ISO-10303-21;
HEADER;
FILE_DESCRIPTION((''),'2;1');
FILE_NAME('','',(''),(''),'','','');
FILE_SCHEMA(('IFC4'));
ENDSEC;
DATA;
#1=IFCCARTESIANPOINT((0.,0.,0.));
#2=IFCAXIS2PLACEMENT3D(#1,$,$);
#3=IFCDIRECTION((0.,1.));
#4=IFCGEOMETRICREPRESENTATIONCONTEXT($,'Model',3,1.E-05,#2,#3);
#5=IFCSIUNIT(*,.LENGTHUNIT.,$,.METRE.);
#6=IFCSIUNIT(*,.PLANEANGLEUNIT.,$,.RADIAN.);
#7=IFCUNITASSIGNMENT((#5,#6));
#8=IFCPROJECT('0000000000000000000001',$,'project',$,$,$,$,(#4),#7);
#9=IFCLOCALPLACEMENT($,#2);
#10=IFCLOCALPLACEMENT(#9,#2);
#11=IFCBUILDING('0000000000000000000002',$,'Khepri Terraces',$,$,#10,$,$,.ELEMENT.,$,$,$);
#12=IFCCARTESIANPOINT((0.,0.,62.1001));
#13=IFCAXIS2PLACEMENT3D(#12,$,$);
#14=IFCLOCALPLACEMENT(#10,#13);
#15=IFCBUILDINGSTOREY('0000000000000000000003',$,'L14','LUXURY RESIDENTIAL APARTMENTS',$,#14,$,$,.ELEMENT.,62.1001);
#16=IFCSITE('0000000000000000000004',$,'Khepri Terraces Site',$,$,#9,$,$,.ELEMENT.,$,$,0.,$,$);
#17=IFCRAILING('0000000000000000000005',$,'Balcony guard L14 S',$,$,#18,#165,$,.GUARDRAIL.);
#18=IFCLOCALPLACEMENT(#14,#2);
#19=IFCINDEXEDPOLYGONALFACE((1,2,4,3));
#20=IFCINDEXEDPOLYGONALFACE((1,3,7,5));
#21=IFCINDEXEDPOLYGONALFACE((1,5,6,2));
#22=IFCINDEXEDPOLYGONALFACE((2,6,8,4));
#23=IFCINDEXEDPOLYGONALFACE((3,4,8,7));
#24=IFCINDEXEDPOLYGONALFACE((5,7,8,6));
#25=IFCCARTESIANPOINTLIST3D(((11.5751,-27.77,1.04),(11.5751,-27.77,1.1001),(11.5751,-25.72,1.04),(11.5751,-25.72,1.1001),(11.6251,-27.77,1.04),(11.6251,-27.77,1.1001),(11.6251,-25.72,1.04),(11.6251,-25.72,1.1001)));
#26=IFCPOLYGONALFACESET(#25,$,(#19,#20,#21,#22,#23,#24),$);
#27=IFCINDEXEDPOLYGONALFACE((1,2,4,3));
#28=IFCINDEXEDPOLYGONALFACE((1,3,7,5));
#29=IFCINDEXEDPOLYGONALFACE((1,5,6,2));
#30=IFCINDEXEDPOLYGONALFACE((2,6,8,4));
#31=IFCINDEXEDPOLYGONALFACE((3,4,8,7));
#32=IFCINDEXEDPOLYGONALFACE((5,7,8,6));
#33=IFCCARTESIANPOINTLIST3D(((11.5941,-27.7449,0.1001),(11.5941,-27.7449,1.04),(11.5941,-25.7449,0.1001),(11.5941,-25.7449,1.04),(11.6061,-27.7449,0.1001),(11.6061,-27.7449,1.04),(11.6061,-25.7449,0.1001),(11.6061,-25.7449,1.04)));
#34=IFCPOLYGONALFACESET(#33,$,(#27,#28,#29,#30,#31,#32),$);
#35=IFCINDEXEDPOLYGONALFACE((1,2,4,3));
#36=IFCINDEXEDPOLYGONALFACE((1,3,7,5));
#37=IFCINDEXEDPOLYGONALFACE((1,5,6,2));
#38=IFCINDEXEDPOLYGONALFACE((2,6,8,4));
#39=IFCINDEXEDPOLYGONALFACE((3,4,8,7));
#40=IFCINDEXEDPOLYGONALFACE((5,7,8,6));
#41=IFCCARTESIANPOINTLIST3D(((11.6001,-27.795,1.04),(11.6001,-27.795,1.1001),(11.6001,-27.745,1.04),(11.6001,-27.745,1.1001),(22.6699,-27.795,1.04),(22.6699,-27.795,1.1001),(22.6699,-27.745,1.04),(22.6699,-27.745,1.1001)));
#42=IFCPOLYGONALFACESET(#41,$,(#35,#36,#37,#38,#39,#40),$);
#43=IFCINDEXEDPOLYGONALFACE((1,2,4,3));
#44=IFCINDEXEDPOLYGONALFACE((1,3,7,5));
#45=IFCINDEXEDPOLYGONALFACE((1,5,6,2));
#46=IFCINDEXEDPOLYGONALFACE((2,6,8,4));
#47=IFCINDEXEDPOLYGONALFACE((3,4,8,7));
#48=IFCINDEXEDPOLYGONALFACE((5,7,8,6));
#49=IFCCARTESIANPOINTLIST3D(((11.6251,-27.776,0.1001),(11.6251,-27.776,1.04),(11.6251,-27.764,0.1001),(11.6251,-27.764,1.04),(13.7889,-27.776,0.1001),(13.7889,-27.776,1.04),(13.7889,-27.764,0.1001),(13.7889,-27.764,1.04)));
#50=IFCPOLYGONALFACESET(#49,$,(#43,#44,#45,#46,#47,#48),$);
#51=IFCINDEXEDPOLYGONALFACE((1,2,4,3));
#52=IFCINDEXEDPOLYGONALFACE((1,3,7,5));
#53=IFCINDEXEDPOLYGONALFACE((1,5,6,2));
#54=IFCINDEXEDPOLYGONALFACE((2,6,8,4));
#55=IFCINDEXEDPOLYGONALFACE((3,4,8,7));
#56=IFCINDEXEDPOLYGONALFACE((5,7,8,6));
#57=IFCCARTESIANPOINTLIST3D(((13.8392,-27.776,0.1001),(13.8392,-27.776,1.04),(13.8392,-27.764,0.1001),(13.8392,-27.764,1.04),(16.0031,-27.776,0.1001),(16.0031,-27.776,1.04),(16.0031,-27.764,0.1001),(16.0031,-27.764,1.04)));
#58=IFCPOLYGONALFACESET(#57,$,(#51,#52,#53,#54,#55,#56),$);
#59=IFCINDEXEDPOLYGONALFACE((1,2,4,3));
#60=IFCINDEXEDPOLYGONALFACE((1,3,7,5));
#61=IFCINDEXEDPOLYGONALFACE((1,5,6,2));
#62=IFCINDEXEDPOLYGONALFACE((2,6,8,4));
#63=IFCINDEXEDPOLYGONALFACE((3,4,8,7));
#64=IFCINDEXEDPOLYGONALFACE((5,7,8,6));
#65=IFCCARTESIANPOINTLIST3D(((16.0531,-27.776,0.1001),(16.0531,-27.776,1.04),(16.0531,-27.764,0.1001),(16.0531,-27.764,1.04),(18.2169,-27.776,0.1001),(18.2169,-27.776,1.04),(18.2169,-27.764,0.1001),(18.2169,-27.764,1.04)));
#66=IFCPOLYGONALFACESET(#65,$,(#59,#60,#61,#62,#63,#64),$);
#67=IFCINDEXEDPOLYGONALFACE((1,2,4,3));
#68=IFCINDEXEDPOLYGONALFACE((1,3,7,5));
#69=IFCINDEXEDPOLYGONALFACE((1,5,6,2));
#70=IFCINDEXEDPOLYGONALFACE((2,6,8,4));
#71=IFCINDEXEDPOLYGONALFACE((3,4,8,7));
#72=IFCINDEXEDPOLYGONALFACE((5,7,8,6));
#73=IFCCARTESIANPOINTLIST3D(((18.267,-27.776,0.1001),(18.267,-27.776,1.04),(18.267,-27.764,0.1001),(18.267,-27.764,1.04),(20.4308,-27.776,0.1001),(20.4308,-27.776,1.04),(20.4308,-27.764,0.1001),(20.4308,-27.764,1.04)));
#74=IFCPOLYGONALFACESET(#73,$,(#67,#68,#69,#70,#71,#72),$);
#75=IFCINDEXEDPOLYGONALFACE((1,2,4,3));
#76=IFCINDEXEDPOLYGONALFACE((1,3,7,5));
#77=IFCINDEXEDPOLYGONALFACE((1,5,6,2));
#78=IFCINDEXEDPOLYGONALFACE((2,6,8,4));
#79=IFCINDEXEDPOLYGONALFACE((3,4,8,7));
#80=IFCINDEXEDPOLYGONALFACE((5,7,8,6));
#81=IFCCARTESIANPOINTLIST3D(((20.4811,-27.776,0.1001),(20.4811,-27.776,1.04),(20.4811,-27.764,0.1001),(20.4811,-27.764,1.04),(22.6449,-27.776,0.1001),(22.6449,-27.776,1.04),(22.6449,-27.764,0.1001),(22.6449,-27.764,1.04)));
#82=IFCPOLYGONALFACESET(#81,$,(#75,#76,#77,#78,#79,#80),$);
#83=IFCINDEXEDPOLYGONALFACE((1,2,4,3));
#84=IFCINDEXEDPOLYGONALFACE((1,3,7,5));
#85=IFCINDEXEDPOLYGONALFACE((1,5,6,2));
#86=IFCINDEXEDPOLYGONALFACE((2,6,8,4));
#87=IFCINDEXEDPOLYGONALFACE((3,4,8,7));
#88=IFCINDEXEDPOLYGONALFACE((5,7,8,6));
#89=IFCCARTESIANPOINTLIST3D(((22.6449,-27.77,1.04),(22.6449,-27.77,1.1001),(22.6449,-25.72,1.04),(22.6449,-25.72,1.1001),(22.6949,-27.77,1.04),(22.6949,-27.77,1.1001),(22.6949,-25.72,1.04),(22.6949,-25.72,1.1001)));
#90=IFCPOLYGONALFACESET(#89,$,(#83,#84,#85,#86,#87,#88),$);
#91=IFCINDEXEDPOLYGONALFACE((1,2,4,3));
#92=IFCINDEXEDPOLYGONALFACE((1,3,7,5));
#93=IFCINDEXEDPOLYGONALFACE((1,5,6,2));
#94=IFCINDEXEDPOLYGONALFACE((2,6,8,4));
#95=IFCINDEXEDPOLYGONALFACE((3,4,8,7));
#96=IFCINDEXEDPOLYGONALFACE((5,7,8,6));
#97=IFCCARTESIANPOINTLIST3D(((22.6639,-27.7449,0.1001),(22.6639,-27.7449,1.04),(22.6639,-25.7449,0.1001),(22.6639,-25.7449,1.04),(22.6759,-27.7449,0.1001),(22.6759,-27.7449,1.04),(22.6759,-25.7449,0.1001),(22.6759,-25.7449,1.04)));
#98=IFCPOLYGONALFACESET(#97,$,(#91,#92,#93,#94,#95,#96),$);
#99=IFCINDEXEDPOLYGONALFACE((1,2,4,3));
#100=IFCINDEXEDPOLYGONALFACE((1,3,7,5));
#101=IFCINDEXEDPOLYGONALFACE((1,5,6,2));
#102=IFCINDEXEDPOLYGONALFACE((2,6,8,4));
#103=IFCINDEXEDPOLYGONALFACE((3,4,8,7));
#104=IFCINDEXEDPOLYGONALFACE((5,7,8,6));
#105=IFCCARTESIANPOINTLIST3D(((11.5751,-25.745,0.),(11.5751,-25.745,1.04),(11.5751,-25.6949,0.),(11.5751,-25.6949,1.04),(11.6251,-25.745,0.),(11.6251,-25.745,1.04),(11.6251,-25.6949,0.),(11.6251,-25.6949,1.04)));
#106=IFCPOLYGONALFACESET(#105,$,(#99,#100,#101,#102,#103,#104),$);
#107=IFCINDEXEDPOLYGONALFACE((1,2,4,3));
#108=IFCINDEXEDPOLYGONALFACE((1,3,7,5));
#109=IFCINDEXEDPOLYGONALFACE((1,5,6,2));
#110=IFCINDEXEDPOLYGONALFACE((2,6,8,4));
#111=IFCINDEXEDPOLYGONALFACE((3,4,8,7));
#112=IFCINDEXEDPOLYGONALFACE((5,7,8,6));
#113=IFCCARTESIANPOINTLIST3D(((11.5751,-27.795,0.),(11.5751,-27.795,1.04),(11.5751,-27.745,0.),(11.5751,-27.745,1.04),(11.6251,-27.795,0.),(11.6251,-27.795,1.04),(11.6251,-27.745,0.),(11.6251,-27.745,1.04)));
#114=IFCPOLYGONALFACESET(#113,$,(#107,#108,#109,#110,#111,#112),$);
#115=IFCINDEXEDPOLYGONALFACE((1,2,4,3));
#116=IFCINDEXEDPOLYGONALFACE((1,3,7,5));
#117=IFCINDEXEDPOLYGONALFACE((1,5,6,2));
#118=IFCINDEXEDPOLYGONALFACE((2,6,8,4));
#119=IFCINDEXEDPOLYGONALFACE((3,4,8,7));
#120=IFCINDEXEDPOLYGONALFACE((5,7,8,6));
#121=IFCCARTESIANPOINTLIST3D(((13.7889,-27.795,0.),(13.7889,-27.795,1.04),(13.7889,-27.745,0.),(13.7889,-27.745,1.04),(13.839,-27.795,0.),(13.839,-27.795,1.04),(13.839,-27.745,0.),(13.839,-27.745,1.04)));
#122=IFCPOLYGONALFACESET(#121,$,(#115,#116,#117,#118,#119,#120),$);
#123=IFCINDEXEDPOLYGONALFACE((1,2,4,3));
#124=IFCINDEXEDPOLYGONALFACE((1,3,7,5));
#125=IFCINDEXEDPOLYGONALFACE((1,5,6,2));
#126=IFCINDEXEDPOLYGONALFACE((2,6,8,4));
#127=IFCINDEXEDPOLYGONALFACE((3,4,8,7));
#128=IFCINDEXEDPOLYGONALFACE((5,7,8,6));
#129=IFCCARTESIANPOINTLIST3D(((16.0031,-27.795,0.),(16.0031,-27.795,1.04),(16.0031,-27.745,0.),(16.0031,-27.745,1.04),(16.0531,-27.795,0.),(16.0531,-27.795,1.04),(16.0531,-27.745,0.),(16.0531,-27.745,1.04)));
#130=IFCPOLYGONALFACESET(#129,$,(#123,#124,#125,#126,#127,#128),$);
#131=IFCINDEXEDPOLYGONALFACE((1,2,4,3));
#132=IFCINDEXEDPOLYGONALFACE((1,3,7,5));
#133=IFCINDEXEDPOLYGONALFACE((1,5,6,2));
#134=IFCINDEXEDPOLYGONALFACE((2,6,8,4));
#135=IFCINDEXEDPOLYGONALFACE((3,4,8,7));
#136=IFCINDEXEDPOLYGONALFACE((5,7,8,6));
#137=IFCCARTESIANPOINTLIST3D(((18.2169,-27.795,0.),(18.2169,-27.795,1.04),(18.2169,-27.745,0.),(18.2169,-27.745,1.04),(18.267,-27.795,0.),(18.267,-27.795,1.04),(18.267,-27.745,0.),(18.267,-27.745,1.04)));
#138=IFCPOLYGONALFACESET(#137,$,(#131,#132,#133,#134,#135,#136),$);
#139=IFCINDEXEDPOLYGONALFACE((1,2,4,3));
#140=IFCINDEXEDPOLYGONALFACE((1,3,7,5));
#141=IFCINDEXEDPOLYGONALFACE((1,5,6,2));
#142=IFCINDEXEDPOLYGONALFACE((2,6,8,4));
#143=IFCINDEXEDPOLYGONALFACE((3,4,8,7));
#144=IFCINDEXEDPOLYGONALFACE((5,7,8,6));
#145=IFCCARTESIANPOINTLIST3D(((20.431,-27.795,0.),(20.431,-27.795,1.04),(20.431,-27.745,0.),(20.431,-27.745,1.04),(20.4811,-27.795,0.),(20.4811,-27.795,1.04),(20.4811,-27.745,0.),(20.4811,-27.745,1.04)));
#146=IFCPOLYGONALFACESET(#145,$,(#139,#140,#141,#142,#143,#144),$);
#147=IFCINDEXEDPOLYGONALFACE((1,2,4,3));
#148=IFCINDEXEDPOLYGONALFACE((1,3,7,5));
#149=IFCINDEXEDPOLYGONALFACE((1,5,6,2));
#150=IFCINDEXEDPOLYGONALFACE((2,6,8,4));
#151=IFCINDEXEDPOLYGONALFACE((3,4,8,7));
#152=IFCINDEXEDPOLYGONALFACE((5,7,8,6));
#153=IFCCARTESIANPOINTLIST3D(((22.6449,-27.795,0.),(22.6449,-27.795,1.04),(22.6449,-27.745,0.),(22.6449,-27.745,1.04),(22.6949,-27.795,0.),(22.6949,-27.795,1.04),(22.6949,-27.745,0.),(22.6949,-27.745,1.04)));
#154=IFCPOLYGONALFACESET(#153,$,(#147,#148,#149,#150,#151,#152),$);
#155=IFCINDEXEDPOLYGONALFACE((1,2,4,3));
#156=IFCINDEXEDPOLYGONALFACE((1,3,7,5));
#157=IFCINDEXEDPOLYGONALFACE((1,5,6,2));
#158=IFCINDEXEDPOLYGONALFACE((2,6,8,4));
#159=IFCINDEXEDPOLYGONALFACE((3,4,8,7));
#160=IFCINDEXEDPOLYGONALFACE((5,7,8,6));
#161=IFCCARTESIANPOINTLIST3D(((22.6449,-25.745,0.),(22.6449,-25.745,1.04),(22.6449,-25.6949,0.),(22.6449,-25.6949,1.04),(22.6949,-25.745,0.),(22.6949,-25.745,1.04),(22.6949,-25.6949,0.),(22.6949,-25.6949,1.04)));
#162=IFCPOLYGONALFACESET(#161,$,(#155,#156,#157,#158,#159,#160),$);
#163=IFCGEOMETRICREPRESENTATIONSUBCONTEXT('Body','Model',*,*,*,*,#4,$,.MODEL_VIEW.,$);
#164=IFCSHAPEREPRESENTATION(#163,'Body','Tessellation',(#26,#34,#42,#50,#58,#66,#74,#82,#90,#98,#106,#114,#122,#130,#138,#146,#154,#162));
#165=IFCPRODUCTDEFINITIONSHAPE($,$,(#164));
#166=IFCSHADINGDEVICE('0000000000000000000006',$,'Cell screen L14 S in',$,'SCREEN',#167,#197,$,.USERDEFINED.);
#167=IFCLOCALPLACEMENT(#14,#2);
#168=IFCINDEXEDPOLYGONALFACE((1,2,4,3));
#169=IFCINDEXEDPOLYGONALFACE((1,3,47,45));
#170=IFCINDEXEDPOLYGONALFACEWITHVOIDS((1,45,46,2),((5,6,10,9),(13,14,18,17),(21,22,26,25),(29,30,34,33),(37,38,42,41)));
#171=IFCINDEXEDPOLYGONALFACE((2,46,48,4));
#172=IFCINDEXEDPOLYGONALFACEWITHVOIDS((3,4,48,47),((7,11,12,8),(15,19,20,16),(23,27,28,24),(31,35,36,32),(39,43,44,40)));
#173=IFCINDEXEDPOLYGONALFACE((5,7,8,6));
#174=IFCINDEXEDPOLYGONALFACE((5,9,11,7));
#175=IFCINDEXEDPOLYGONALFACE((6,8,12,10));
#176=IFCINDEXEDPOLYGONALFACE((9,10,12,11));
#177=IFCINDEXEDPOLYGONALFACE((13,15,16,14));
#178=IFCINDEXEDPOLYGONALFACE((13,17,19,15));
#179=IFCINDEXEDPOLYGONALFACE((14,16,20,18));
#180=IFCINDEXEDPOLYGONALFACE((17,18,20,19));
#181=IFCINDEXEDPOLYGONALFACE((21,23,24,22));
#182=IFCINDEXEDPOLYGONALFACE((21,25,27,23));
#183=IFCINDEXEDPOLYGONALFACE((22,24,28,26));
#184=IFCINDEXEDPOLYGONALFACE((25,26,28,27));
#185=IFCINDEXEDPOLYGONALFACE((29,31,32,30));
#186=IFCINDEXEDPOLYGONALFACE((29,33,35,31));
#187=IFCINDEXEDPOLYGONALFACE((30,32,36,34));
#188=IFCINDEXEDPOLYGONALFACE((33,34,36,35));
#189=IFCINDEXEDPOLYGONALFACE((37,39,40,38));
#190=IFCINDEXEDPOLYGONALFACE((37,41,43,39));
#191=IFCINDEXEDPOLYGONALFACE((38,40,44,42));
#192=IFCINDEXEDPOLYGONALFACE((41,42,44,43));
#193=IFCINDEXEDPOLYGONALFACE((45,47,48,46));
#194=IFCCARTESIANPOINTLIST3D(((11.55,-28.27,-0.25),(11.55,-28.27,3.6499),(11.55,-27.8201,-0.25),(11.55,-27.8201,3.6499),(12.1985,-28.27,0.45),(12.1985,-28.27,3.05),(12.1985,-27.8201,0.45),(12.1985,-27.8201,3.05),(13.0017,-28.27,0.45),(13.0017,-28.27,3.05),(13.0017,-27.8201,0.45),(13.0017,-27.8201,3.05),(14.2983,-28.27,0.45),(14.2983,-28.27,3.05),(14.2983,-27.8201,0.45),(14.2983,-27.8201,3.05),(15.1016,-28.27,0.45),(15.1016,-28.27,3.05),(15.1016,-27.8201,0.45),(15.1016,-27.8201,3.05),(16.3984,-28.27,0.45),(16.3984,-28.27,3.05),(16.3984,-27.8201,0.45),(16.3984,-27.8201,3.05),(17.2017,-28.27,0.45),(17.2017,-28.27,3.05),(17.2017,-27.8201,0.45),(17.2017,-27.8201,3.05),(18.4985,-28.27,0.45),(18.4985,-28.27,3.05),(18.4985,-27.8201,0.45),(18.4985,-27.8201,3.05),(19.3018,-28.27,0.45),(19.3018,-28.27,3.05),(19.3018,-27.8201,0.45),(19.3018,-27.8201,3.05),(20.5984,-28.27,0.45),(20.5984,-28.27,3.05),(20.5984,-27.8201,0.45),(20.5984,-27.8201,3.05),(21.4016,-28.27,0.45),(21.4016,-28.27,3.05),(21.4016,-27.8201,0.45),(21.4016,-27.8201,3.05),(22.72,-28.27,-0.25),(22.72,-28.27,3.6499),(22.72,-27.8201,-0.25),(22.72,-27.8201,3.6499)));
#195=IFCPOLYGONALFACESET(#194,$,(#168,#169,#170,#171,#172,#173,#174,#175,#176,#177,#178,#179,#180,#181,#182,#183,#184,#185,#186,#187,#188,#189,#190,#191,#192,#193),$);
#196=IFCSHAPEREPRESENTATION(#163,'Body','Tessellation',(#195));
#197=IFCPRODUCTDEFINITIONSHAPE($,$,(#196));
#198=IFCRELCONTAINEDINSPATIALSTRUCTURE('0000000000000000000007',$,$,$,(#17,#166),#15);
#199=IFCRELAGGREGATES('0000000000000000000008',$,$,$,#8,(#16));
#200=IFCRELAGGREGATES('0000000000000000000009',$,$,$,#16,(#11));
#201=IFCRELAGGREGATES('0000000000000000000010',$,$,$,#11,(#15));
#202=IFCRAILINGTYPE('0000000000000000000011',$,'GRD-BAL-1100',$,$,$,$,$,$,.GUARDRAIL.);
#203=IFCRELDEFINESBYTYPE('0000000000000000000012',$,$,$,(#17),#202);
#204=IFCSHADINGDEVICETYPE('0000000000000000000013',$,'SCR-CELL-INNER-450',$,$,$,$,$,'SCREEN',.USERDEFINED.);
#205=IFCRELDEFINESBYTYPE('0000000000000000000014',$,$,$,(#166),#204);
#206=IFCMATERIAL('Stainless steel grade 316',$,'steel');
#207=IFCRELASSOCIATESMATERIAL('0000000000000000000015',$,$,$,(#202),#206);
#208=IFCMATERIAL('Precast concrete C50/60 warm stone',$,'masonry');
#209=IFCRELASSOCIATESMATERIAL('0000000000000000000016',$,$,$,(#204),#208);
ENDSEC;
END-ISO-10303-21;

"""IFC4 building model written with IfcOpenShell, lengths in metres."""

from ifc_helpers import new_model, si_unit, direction, frame, origin, origin_2d, place, context, subcontext, project, spatial, polyline, rectangle, outline, extrude, material, type_object, element, save


model = new_model("IFC4")

# Units and contexts
model_context = context("Model", 3, precision=1e-05, world=origin(), true_north=direction((0.0, 1.0)))
body_context = subcontext(model_context, "Body", "Model", "MODEL_VIEW")
ifc_project = project(units=[si_unit("LENGTHUNIT", "METRE"), si_unit("PLANEANGLEUNIT", "RADIAN")], contexts=[model_context])

# Site, building, storey
site_placement = place(None, origin())
site = spatial("IfcSite", under=ifc_project, at=site_placement, Name="Khepri Terraces Site", CompositionType="ELEMENT", RefElevation=0.0)
building_placement = place(site_placement, origin())
building = spatial("IfcBuilding", under=site, at=building_placement, Name="Khepri Terraces", CompositionType="ELEMENT")
storey_placement = place(building_placement, frame((0.0, 0.0, 62.1001)))
storey = spatial("IfcBuildingStorey", under=building, at=storey_placement, Name="L14", Description="LUXURY RESIDENTIAL APARTMENTS", CompositionType="ELEMENT", Elevation=62.1001)

# Shared definitions
ifc_material_1 = material(Name="Precast concrete C50/60 warm stone", Category="masonry")

# Railing
ifc_material_2 = material(Name="Stainless steel grade 316", Category="steel")
railing_type = type_object("IfcRailingType", Name="GRD-BAL-1100", PredefinedType="GUARDRAIL", material=ifc_material_2)
railing_placement = place(storey_placement, frame((11.6001, -25.72, 0.0)))
element("IfcRailing", 1, at=railing_placement, inside=storey, type_object=railing_type, Name="Balcony guard L14 S", PredefinedType="GUARDRAIL", context=body_context, shape_type="SweptSolid", body=[
    extrude(rectangle(XDim=0.05, YDim=0.0601, at=origin_2d()), frame((0.0, 0.0, 1.0701), z_axis=(0.0, -1.0, 0.0), x_axis=(1.0, 0.0, 0.0)), (0.0, 0.0, 1.0), 2.05),
    extrude(rectangle(XDim=2.0, YDim=0.012, at=origin_2d()), frame((0.0, -1.0249, 0.1001), z_axis=(0.0, 0.0, 1.0), x_axis=(0.0, -1.0, 0.0)), (0.0, 0.0, 1.0), 0.9399),
    extrude(rectangle(XDim=0.05, YDim=0.0601, at=origin_2d()), frame((0.0, -2.05, 1.0701), z_axis=(1.0, 0.0, 0.0), x_axis=(0.0, 1.0, 0.0)), (0.0, 0.0, 1.0), 11.0698),
    extrude(rectangle(XDim=2.1638, YDim=0.012, at=origin_2d()), frame((1.1069, -2.05, 0.1001), z_axis=(0.0, 0.0, 1.0), x_axis=(1.0, 0.0, 0.0)), (0.0, 0.0, 1.0), 0.9399),
    extrude(rectangle(XDim=2.1638, YDim=0.012, at=origin_2d()), frame((3.321, -2.05, 0.1001), z_axis=(0.0, 0.0, 1.0), x_axis=(1.0, 0.0, 0.0)), (0.0, 0.0, 1.0), 0.9399),
    extrude(rectangle(XDim=2.1638, YDim=0.012, at=origin_2d()), frame((5.5349, -2.05, 0.1001), z_axis=(0.0, 0.0, 1.0), x_axis=(1.0, 0.0, 0.0)), (0.0, 0.0, 1.0), 0.9399),
    extrude(rectangle(XDim=2.1638, YDim=0.012, at=origin_2d()), frame((7.7488, -2.05, 0.1001), z_axis=(0.0, 0.0, 1.0), x_axis=(1.0, 0.0, 0.0)), (0.0, 0.0, 1.0), 0.9399),
    extrude(rectangle(XDim=2.1638, YDim=0.012, at=origin_2d()), frame((9.9629, -2.05, 0.1001), z_axis=(0.0, 0.0, 1.0), x_axis=(1.0, 0.0, 0.0)), (0.0, 0.0, 1.0), 0.9399),
    extrude(rectangle(XDim=0.05, YDim=0.0601, at=origin_2d()), frame((11.0698, -2.05, 1.0701), z_axis=(0.0, 1.0, 0.0), x_axis=(-1.0, 0.0, 0.0)), (0.0, 0.0, 1.0), 2.05),
    extrude(rectangle(XDim=2.0, YDim=0.012, at=origin_2d()), frame((11.0698, -1.0249, 0.1001), z_axis=(0.0, 0.0, 1.0), x_axis=(0.0, 1.0, 0.0)), (0.0, 0.0, 1.0), 0.9399),
    extrude(rectangle(XDim=0.05, YDim=0.05, at=origin_2d()), origin(), (0.0, 0.0, 1.0), 1.04),
    extrude(rectangle(XDim=0.05, YDim=0.05, at=origin_2d()), frame((0.0, -2.05, 0.0)), (0.0, 0.0, 1.0), 1.04),
    extrude(rectangle(XDim=0.05, YDim=0.05, at=origin_2d()), frame((2.2139, -2.05, 0.0)), (0.0, 0.0, 1.0), 1.04),
    extrude(rectangle(XDim=0.05, YDim=0.05, at=origin_2d()), frame((4.428, -2.05, 0.0)), (0.0, 0.0, 1.0), 1.04),
    extrude(rectangle(XDim=0.05, YDim=0.05, at=origin_2d()), frame((6.6418, -2.05, 0.0)), (0.0, 0.0, 1.0), 1.04),
    extrude(rectangle(XDim=0.05, YDim=0.05, at=origin_2d()), frame((8.856, -2.05, 0.0)), (0.0, 0.0, 1.0), 1.04),
    extrude(rectangle(XDim=0.05, YDim=0.05, at=origin_2d()), frame((11.0698, -2.05, 0.0)), (0.0, 0.0, 1.0), 1.04),
    extrude(rectangle(XDim=0.05, YDim=0.05, at=origin_2d()), frame((11.0698, 0.0, 0.0)), (0.0, 0.0, 1.0), 1.04),
])

# Shading device
shading_device_type_1 = type_object("IfcShadingDeviceType", Name="SCR-CELL-INNER-450", ElementType="SCREEN", PredefinedType="USERDEFINED", material=ifc_material_1)
shading_device_1_placement = place(storey_placement, frame((11.55, -27.8201, -0.25), z_axis=(0.0, -1.0, 0.0), x_axis=(1.0, 0.0, 0.0)))
element("IfcShadingDevice", 2, at=shading_device_1_placement, inside=storey, type_object=shading_device_type_1, Name="Cell screen L14 S in", ObjectType="SCREEN", PredefinedType="USERDEFINED", context=body_context, shape_type="SweptSolid", body=[
    extrude(outline(polyline([(0.0, 0.0), (11.1699, 0.0), (11.1699, 3.8999), (0.0, 3.8999), (0.0, 0.0)]), holes=[polyline([(0.6484, 0.7), (1.4517, 0.7), (1.4517, 3.3), (0.6484, 3.3), (0.6484, 0.7)]), polyline([(2.7483, 0.7), (3.5515, 0.7), (3.5515, 3.3), (2.7483, 3.3), (2.7483, 0.7)]), polyline([(4.8484, 0.7), (5.6516, 0.7), (5.6516, 3.3), (4.8484, 3.3), (4.8484, 0.7)]), polyline([(6.9485, 0.7), (7.7517, 0.7), (7.7517, 3.3), (6.9485, 3.3), (6.9485, 0.7)]), polyline([(9.0483, 0.7), (9.8516, 0.7), (9.8516, 3.3), (9.0483, 3.3), (9.0483, 0.7)])]), origin(), (0.0, 0.0, 1.0), 0.45),
])

save(model, "model.ifc")
